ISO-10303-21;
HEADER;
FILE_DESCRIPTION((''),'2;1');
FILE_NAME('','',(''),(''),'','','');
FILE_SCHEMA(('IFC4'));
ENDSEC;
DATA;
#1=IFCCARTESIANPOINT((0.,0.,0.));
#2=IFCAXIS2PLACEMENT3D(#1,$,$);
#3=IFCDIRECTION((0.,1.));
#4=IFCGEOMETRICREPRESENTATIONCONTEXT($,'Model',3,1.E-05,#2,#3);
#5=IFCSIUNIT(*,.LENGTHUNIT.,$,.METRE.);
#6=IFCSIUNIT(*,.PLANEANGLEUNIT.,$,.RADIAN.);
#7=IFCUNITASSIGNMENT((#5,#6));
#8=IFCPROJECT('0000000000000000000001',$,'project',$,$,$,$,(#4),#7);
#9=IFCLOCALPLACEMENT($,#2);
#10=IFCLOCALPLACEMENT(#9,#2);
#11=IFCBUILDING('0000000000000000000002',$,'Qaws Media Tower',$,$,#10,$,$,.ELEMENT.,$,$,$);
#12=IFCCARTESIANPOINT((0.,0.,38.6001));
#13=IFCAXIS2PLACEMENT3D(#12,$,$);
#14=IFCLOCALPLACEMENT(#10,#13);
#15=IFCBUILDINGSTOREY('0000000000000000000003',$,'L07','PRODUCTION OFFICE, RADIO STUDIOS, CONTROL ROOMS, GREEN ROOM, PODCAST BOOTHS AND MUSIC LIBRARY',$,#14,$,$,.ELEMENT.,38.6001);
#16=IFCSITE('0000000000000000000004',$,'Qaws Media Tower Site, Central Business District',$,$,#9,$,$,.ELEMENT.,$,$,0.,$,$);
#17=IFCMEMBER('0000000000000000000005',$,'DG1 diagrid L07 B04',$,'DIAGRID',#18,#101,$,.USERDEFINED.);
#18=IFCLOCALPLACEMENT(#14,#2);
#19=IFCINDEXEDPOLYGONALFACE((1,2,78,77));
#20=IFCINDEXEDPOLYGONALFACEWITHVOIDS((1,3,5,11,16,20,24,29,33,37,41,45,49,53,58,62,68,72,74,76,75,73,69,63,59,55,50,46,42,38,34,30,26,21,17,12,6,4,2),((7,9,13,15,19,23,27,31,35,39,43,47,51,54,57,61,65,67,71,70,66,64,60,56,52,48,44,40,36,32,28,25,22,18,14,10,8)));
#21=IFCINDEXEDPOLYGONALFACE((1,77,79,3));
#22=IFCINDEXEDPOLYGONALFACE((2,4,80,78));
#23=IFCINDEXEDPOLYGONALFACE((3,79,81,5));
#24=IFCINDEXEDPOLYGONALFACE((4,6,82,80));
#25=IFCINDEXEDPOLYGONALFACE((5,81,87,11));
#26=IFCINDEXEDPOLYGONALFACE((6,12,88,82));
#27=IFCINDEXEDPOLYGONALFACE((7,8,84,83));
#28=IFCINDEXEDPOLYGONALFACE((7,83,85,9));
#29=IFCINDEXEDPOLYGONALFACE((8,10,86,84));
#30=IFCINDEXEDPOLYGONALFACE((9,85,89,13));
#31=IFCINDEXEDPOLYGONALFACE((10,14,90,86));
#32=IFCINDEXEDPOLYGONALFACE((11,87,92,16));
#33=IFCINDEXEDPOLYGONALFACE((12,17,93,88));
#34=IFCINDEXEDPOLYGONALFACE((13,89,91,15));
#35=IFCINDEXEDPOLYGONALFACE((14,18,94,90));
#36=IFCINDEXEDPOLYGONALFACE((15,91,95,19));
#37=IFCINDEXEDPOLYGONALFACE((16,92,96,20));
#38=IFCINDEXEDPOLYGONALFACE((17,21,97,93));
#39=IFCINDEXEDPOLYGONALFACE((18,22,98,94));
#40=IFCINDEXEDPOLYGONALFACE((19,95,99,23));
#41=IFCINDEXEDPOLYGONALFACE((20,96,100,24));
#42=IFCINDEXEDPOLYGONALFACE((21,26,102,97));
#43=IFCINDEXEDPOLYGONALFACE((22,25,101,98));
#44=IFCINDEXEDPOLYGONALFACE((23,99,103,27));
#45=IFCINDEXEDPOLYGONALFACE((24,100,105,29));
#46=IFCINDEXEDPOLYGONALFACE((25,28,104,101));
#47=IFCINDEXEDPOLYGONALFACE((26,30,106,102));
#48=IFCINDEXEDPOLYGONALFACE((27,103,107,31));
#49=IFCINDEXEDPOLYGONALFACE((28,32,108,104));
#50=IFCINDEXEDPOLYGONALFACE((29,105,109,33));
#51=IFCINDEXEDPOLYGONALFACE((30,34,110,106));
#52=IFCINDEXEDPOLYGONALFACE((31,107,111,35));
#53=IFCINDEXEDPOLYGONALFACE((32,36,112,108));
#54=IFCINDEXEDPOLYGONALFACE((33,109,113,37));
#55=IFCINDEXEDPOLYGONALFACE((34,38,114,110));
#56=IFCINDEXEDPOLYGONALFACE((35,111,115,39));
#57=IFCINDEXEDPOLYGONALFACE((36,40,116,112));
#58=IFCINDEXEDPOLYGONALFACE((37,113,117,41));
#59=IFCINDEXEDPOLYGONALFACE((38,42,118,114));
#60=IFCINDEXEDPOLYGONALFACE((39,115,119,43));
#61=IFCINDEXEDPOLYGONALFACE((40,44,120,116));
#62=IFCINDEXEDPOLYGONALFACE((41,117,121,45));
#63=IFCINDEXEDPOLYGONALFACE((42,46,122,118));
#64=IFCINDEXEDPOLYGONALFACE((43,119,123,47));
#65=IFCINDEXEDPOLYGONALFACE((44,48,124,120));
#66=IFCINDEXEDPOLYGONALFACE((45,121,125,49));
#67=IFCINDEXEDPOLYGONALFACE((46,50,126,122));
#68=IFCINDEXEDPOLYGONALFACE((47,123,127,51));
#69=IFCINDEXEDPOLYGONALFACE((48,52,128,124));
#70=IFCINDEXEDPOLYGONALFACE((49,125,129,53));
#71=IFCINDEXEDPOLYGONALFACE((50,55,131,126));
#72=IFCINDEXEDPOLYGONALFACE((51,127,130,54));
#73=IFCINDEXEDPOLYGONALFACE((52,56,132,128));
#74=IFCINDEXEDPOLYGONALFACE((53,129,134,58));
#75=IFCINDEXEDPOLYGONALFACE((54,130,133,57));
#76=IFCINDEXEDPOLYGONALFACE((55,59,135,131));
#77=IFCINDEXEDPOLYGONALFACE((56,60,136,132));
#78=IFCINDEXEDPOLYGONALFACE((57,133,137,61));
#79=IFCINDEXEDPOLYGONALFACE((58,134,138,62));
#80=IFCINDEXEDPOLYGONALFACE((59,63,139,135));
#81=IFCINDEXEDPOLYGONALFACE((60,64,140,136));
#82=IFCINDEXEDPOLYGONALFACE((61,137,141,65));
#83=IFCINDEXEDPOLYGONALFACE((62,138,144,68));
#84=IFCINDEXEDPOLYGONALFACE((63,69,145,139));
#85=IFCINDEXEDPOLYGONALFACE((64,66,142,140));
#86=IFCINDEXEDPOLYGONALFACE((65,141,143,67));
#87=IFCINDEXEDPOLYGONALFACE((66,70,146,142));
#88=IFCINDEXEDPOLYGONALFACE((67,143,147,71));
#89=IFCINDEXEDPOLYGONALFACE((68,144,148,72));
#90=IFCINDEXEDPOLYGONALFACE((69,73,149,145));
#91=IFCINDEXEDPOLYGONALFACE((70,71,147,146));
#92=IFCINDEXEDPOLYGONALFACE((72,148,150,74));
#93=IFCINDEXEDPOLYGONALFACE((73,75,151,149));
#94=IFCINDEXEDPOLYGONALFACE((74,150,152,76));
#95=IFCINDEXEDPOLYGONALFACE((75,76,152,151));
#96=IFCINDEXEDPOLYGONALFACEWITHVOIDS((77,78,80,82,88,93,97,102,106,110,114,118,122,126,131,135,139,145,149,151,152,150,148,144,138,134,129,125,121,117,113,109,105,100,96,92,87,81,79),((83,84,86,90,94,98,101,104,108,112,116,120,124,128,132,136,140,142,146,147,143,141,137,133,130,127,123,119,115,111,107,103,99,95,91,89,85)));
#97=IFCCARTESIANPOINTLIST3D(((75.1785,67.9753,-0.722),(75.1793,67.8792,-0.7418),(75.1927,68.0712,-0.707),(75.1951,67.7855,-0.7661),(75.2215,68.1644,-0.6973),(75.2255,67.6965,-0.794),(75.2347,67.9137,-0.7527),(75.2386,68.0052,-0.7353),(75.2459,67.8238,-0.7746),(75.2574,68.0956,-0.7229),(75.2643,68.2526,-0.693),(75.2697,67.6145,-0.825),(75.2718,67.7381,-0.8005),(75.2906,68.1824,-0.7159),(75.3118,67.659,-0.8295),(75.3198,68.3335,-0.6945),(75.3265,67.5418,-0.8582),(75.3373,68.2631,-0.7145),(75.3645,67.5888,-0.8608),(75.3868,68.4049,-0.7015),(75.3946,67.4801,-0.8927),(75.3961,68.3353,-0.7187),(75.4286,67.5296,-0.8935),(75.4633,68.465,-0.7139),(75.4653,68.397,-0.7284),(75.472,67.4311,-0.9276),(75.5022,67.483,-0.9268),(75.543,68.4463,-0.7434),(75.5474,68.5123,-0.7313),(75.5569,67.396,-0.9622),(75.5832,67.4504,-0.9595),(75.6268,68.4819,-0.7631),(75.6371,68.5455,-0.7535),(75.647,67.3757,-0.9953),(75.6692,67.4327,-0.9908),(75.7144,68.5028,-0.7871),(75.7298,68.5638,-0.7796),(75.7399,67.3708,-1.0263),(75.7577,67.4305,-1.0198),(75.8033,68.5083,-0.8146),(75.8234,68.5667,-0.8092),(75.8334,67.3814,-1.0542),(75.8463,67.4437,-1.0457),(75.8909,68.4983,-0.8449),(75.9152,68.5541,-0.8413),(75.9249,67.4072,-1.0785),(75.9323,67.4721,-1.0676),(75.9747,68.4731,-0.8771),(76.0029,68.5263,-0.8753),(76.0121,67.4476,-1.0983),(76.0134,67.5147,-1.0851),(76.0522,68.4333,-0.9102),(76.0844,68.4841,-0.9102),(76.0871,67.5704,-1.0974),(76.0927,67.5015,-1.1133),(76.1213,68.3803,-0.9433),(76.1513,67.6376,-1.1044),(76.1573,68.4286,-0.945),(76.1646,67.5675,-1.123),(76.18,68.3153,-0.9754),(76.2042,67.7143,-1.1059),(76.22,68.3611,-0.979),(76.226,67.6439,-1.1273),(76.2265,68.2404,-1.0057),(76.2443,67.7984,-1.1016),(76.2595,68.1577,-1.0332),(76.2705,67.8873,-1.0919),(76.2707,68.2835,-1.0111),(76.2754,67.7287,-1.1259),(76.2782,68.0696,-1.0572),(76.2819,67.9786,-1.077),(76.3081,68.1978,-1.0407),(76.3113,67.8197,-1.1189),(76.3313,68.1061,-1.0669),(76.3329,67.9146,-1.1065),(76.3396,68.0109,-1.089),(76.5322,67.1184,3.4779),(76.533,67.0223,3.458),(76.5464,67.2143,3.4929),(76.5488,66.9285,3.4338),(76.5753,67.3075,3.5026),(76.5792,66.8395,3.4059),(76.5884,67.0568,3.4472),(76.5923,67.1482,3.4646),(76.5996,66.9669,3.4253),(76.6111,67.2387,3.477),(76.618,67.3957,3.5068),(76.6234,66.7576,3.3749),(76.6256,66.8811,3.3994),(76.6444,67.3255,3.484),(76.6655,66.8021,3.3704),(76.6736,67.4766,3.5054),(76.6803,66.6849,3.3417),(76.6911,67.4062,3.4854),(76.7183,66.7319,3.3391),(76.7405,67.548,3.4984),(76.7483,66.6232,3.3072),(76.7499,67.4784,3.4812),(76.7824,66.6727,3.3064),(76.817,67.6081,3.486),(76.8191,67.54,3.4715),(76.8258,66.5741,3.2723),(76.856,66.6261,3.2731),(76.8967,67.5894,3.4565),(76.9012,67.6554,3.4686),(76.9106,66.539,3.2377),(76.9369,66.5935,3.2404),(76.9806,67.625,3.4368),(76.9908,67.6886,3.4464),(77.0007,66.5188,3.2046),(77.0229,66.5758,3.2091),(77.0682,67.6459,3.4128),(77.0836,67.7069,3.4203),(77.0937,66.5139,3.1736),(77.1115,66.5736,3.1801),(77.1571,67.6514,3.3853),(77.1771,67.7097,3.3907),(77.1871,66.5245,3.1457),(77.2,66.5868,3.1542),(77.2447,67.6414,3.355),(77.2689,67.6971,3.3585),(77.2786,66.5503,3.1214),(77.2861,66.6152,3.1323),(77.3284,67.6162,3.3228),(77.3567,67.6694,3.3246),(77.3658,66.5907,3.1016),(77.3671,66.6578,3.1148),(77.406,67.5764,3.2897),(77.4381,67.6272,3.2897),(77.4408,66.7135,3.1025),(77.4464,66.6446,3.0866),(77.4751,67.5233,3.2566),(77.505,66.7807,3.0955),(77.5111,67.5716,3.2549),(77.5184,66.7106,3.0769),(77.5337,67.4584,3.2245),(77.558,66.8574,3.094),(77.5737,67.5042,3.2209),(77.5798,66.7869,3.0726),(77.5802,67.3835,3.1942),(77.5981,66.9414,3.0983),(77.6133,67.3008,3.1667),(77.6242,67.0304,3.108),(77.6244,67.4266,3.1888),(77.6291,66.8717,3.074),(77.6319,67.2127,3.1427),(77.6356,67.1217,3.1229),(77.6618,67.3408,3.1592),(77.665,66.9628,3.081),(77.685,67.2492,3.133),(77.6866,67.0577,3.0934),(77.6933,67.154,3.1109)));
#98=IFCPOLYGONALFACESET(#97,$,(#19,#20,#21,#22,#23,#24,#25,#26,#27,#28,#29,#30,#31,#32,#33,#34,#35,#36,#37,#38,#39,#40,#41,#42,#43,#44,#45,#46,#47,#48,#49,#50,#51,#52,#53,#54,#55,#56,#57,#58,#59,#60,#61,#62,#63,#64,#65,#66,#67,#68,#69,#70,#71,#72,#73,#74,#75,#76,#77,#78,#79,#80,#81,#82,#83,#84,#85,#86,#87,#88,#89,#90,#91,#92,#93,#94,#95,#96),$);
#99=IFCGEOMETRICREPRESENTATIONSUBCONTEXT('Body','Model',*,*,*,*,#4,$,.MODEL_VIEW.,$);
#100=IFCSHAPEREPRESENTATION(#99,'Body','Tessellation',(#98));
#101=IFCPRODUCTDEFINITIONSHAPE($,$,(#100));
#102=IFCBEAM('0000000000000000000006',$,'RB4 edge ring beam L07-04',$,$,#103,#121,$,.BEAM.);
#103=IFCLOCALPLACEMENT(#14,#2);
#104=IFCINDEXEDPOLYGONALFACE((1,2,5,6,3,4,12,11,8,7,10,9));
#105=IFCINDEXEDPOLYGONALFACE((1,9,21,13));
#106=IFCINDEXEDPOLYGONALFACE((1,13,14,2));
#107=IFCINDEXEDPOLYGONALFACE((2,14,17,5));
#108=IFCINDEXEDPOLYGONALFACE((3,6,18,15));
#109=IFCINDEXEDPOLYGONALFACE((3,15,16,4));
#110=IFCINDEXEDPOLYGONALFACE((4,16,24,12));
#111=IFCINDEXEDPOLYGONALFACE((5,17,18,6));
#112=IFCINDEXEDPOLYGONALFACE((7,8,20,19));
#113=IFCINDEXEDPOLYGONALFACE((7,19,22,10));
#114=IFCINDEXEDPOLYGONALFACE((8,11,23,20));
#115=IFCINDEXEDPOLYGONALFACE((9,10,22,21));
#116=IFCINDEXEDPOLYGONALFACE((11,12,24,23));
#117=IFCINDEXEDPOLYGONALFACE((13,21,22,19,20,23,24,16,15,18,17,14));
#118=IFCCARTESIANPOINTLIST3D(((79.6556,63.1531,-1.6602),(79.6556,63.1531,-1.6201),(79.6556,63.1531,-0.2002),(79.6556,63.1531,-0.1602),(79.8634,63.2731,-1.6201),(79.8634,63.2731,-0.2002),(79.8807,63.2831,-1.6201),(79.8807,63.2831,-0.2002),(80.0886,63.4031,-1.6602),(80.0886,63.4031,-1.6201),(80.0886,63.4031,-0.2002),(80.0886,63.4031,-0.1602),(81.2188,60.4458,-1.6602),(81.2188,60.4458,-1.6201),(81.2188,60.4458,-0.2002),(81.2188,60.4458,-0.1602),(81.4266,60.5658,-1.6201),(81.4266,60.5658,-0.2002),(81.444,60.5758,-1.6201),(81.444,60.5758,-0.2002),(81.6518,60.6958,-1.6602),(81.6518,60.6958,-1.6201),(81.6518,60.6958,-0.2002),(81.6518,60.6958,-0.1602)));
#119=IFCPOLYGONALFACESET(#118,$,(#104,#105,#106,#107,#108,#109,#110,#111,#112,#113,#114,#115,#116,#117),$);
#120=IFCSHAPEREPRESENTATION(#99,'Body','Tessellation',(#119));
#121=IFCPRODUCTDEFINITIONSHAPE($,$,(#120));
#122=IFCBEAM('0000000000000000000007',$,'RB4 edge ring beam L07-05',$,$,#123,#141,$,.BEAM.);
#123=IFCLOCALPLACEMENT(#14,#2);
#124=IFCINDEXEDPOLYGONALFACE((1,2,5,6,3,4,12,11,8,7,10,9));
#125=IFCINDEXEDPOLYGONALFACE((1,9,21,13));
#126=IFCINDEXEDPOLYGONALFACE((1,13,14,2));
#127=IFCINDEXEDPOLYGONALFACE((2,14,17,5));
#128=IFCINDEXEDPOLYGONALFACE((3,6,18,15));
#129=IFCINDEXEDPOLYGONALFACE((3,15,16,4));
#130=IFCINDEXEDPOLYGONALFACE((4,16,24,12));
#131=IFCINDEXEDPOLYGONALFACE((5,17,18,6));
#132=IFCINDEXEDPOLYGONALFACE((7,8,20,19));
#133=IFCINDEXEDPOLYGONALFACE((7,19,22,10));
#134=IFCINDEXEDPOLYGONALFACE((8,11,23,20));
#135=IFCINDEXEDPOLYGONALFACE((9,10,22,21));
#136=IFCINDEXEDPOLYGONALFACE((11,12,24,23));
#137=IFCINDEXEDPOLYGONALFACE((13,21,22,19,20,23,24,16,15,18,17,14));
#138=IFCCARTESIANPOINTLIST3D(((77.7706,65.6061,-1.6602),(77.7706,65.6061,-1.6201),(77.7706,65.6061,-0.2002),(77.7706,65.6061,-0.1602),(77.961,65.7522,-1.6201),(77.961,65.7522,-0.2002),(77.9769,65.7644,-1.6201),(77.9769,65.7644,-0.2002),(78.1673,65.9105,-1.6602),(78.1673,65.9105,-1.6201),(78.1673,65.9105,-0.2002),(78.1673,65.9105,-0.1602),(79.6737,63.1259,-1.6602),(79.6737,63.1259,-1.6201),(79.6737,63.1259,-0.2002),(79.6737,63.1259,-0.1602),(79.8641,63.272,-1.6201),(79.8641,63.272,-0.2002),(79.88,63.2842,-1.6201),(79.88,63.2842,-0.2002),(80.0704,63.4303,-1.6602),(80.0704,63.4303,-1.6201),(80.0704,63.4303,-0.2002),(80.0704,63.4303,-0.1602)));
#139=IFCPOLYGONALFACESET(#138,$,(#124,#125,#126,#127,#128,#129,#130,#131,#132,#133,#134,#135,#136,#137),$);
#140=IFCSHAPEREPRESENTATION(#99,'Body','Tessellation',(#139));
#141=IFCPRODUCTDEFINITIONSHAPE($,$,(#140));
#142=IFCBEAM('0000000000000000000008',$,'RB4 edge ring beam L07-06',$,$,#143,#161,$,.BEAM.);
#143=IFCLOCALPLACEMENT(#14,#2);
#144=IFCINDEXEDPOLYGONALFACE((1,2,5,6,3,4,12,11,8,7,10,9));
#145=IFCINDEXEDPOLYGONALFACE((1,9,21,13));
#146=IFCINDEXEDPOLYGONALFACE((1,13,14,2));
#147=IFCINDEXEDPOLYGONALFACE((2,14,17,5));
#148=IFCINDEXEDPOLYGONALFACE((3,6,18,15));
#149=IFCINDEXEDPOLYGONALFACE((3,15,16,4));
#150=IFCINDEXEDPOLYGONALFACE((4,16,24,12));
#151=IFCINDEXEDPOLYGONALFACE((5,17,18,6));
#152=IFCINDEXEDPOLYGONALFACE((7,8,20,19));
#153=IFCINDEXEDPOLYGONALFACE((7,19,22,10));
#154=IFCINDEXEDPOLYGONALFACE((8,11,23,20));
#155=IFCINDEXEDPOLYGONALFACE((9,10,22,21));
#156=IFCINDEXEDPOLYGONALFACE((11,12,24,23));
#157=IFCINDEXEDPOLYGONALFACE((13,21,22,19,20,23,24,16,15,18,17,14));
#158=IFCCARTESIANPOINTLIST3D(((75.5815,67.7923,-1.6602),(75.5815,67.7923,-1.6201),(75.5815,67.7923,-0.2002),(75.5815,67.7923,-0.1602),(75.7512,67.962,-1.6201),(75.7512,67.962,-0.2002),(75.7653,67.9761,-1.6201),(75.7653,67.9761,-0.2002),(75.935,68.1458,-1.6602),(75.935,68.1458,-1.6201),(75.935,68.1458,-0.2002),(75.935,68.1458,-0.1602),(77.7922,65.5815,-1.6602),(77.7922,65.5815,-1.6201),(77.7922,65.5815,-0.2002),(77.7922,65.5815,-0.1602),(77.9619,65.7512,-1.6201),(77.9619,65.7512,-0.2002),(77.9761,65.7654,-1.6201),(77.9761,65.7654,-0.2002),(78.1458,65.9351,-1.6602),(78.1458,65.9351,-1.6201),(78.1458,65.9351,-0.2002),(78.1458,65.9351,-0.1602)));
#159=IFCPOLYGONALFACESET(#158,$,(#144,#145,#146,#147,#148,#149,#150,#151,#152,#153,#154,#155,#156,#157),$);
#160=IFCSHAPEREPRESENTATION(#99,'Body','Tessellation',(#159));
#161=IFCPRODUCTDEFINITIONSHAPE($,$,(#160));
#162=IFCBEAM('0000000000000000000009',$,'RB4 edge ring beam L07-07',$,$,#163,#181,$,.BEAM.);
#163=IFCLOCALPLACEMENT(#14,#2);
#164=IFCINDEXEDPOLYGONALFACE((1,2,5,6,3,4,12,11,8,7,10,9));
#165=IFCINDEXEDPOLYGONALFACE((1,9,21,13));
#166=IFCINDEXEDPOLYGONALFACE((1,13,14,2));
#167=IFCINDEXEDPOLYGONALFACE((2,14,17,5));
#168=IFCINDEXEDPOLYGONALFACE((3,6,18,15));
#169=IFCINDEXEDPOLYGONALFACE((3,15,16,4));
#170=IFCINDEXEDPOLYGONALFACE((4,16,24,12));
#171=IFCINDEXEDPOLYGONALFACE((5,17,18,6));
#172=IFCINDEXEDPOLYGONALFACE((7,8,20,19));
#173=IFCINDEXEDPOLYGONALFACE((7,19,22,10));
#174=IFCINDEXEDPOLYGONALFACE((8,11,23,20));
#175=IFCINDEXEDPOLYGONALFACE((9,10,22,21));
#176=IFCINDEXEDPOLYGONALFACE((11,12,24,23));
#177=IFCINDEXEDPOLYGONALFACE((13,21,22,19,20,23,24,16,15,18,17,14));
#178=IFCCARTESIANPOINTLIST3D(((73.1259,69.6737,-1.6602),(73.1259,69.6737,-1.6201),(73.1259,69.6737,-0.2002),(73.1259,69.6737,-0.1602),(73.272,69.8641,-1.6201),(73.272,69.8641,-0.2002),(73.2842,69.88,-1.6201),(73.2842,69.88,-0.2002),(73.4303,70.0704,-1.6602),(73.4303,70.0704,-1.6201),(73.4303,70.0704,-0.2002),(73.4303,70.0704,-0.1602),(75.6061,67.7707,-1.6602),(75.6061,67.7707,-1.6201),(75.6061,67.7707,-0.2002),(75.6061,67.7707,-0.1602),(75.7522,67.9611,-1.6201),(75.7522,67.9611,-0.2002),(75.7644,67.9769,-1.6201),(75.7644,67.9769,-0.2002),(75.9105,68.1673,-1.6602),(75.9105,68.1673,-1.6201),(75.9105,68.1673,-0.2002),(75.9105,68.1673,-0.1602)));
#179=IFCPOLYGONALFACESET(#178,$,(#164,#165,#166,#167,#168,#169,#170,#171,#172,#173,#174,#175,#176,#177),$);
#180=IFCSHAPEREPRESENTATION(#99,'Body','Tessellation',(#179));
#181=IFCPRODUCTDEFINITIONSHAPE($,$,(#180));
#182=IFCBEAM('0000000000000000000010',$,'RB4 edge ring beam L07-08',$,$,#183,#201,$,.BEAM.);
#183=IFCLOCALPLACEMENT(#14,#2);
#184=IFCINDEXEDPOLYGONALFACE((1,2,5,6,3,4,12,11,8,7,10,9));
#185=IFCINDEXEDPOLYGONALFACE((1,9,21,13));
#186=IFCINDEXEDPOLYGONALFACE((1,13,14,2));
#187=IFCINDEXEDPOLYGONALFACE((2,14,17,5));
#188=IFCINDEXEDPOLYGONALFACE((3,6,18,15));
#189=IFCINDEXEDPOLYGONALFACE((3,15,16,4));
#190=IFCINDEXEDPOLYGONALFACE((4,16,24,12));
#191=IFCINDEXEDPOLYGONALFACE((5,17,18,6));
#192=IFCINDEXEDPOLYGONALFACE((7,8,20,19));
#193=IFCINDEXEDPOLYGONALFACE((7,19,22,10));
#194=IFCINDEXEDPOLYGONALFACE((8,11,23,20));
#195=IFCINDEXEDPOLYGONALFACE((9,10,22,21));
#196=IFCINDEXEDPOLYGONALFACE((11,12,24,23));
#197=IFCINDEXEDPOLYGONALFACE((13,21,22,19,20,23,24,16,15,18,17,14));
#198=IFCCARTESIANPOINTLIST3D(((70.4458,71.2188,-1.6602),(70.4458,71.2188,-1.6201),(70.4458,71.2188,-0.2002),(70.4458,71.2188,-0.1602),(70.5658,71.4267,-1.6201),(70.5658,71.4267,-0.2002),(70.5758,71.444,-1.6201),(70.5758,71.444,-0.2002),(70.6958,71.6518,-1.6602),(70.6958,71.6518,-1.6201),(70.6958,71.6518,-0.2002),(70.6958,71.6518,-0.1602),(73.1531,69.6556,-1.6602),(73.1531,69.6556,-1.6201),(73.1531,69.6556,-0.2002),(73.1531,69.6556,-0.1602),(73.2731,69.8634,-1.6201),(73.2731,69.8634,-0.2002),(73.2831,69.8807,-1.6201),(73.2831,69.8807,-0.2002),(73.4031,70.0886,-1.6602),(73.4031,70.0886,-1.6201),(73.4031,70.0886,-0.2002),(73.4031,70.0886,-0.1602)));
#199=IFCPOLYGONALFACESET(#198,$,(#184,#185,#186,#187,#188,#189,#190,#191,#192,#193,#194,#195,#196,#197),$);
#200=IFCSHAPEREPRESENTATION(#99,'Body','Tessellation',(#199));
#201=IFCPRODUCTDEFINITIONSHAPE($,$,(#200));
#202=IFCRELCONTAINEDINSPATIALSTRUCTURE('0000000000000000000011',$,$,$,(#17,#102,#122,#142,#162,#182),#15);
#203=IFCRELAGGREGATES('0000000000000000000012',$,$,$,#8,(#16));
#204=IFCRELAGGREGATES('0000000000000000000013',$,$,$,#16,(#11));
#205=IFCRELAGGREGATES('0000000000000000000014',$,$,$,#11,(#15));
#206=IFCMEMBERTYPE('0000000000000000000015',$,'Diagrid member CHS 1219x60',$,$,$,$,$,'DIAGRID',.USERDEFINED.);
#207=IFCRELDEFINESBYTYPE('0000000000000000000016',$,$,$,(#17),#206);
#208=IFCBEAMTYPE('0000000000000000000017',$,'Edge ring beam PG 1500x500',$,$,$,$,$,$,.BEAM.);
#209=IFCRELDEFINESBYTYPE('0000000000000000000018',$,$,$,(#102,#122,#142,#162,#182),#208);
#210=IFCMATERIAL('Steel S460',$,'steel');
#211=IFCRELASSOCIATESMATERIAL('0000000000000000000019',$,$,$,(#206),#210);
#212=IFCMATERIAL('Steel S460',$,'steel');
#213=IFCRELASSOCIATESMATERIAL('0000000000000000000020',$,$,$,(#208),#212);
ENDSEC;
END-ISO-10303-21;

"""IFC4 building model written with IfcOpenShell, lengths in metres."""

from ifc_helpers import new_model, si_unit, direction, frame, origin, origin_2d, place, context, subcontext, project, spatial, hollow_circle, i_section, extrude, material, material_profile, profile_set, type_object, element, save


model = new_model("IFC4")

# Units and contexts
model_context = context("Model", 3, precision=1e-05, world=origin(), true_north=direction((0.0, 1.0)))
body_context = subcontext(model_context, "Body", "Model", "MODEL_VIEW")
ifc_project = project(units=[si_unit("LENGTHUNIT", "METRE"), si_unit("PLANEANGLEUNIT", "RADIAN")], contexts=[model_context])

# Site, building, storey
site_placement = place(None, origin())
site = spatial("IfcSite", under=ifc_project, at=site_placement, Name="Qaws Media Tower Site, Central Business District", CompositionType="ELEMENT", RefElevation=0.0)
building_placement = place(site_placement, origin())
building = spatial("IfcBuilding", under=site, at=building_placement, Name="Qaws Media Tower", CompositionType="ELEMENT")
storey_placement = place(building_placement, frame((0.0, 0.0, 38.6001)))
storey = spatial("IfcBuildingStorey", under=building, at=storey_placement, Name="L07", Description="PRODUCTION OFFICE, RADIO STUDIOS, CONTROL ROOMS, GREEN ROOM, PODCAST BOOTHS AND MUSIC LIBRARY", CompositionType="ELEMENT", Elevation=38.6001)

# Member
ifc_material_1 = material(Name="Steel S460", Category="steel")
ifc_material_profile_1 = material_profile(ifc_material_1, hollow_circle(Radius=0.6096, WallThickness=0.0601, at=origin_2d()), Name="CHS 1219x60")
ifc_profile_set_1 = profile_set([ifc_material_profile_1], Name="Steel S460")
member_type_1 = type_object("IfcMemberType", Name="Diagrid member CHS 1219x60", ElementType="DIAGRID", PredefinedType="USERDEFINED", material=ifc_profile_set_1)
for number, where, z_axis, x_axis, name in (
    (1, (75.7583, 67.969, -0.9102), (0.301158, -0.190634, 0.934324), (0.534853, 0.844945, 0.0), "DG1 diagrid L07 B04"),
):
    element("IfcMember", number, at=place(storey_placement, frame(where, z_axis=z_axis, x_axis=x_axis)), inside=storey, type_object=member_type_1, Name=name, ObjectType="DIAGRID", PredefinedType="USERDEFINED", context=body_context, shape_type="SweptSolid", body=[
        extrude(hollow_circle(Radius=0.6096, WallThickness=0.0601, at=origin_2d()), origin(), (0.0, 0.0, 1.0), 4.4951),
    ])

# Beams
ifc_material_2 = material(Name="Steel S460", Category="steel")
ifc_material_profile_2 = material_profile(ifc_material_2, i_section(OverallWidth=0.5, OverallDepth=1.5, WebThickness=0.02, FlangeThickness=0.04, at=origin_2d()), Name="PG 1500x500")
ifc_profile_set_2 = profile_set([ifc_material_profile_2], Name="Steel S460")
beam_type = type_object("IfcBeamType", Name="Edge ring beam PG 1500x500", PredefinedType="BEAM", material=ifc_profile_set_2)
for number, where, z_axis, x_axis, name in (
    (2, (81.4353, 60.5708, -0.9102), (-0.500045, 0.866, 0.0), (-0.866, -0.500045, 0.0), "RB4 edge ring beam L07-04"),
    (3, (79.8721, 63.2781, -0.9102), (-0.608748, 0.793364, 0.0), (-0.793364, -0.608748, 0.0), "RB4 edge ring beam L07-05"),
):
    element("IfcBeam", number, at=place(storey_placement, frame(where, z_axis=z_axis, x_axis=x_axis)), inside=storey, type_object=beam_type, Name=name, PredefinedType="BEAM", context=body_context, shape_type="SweptSolid", body=[
        extrude(i_section(OverallWidth=0.5, OverallDepth=1.5, WebThickness=0.02, FlangeThickness=0.04, at=origin_2d()), origin(), (0.0, 0.0, 1.0), 3.1262),
    ])
beam_placement = place(storey_placement, frame((77.969, 65.7583, -0.9102), z_axis=(-0.707107, 0.707107, 0.0), x_axis=(-0.707107, -0.707107, 0.0)))
element("IfcBeam", 4, at=beam_placement, inside=storey, type_object=beam_type, Name="RB4 edge ring beam L07-06", PredefinedType="BEAM", context=body_context, shape_type="SweptSolid", body=[
    extrude(i_section(OverallWidth=0.5, OverallDepth=1.5, WebThickness=0.02, FlangeThickness=0.04, at=origin_2d()), origin(), (0.0, 0.0, 1.0), 3.1265),
])
for number, where, z_axis, x_axis, name in (
    (5, (75.7583, 67.969, -0.9102), (-0.793364, 0.608748, 0.0), (-0.608748, -0.793364, 0.0), "RB4 edge ring beam L07-07"),
    (6, (73.2781, 69.8721, -0.9102), (-0.866, 0.500045, 0.0), (-0.500045, -0.866, 0.0), "RB4 edge ring beam L07-08"),
):
    element("IfcBeam", number, at=place(storey_placement, frame(where, z_axis=z_axis, x_axis=x_axis)), inside=storey, type_object=beam_type, Name=name, PredefinedType="BEAM", context=body_context, shape_type="SweptSolid", body=[
        extrude(i_section(OverallWidth=0.5, OverallDepth=1.5, WebThickness=0.02, FlangeThickness=0.04, at=origin_2d()), origin(), (0.0, 0.0, 1.0), 3.1262),
    ])

save(model, "model.ifc")
